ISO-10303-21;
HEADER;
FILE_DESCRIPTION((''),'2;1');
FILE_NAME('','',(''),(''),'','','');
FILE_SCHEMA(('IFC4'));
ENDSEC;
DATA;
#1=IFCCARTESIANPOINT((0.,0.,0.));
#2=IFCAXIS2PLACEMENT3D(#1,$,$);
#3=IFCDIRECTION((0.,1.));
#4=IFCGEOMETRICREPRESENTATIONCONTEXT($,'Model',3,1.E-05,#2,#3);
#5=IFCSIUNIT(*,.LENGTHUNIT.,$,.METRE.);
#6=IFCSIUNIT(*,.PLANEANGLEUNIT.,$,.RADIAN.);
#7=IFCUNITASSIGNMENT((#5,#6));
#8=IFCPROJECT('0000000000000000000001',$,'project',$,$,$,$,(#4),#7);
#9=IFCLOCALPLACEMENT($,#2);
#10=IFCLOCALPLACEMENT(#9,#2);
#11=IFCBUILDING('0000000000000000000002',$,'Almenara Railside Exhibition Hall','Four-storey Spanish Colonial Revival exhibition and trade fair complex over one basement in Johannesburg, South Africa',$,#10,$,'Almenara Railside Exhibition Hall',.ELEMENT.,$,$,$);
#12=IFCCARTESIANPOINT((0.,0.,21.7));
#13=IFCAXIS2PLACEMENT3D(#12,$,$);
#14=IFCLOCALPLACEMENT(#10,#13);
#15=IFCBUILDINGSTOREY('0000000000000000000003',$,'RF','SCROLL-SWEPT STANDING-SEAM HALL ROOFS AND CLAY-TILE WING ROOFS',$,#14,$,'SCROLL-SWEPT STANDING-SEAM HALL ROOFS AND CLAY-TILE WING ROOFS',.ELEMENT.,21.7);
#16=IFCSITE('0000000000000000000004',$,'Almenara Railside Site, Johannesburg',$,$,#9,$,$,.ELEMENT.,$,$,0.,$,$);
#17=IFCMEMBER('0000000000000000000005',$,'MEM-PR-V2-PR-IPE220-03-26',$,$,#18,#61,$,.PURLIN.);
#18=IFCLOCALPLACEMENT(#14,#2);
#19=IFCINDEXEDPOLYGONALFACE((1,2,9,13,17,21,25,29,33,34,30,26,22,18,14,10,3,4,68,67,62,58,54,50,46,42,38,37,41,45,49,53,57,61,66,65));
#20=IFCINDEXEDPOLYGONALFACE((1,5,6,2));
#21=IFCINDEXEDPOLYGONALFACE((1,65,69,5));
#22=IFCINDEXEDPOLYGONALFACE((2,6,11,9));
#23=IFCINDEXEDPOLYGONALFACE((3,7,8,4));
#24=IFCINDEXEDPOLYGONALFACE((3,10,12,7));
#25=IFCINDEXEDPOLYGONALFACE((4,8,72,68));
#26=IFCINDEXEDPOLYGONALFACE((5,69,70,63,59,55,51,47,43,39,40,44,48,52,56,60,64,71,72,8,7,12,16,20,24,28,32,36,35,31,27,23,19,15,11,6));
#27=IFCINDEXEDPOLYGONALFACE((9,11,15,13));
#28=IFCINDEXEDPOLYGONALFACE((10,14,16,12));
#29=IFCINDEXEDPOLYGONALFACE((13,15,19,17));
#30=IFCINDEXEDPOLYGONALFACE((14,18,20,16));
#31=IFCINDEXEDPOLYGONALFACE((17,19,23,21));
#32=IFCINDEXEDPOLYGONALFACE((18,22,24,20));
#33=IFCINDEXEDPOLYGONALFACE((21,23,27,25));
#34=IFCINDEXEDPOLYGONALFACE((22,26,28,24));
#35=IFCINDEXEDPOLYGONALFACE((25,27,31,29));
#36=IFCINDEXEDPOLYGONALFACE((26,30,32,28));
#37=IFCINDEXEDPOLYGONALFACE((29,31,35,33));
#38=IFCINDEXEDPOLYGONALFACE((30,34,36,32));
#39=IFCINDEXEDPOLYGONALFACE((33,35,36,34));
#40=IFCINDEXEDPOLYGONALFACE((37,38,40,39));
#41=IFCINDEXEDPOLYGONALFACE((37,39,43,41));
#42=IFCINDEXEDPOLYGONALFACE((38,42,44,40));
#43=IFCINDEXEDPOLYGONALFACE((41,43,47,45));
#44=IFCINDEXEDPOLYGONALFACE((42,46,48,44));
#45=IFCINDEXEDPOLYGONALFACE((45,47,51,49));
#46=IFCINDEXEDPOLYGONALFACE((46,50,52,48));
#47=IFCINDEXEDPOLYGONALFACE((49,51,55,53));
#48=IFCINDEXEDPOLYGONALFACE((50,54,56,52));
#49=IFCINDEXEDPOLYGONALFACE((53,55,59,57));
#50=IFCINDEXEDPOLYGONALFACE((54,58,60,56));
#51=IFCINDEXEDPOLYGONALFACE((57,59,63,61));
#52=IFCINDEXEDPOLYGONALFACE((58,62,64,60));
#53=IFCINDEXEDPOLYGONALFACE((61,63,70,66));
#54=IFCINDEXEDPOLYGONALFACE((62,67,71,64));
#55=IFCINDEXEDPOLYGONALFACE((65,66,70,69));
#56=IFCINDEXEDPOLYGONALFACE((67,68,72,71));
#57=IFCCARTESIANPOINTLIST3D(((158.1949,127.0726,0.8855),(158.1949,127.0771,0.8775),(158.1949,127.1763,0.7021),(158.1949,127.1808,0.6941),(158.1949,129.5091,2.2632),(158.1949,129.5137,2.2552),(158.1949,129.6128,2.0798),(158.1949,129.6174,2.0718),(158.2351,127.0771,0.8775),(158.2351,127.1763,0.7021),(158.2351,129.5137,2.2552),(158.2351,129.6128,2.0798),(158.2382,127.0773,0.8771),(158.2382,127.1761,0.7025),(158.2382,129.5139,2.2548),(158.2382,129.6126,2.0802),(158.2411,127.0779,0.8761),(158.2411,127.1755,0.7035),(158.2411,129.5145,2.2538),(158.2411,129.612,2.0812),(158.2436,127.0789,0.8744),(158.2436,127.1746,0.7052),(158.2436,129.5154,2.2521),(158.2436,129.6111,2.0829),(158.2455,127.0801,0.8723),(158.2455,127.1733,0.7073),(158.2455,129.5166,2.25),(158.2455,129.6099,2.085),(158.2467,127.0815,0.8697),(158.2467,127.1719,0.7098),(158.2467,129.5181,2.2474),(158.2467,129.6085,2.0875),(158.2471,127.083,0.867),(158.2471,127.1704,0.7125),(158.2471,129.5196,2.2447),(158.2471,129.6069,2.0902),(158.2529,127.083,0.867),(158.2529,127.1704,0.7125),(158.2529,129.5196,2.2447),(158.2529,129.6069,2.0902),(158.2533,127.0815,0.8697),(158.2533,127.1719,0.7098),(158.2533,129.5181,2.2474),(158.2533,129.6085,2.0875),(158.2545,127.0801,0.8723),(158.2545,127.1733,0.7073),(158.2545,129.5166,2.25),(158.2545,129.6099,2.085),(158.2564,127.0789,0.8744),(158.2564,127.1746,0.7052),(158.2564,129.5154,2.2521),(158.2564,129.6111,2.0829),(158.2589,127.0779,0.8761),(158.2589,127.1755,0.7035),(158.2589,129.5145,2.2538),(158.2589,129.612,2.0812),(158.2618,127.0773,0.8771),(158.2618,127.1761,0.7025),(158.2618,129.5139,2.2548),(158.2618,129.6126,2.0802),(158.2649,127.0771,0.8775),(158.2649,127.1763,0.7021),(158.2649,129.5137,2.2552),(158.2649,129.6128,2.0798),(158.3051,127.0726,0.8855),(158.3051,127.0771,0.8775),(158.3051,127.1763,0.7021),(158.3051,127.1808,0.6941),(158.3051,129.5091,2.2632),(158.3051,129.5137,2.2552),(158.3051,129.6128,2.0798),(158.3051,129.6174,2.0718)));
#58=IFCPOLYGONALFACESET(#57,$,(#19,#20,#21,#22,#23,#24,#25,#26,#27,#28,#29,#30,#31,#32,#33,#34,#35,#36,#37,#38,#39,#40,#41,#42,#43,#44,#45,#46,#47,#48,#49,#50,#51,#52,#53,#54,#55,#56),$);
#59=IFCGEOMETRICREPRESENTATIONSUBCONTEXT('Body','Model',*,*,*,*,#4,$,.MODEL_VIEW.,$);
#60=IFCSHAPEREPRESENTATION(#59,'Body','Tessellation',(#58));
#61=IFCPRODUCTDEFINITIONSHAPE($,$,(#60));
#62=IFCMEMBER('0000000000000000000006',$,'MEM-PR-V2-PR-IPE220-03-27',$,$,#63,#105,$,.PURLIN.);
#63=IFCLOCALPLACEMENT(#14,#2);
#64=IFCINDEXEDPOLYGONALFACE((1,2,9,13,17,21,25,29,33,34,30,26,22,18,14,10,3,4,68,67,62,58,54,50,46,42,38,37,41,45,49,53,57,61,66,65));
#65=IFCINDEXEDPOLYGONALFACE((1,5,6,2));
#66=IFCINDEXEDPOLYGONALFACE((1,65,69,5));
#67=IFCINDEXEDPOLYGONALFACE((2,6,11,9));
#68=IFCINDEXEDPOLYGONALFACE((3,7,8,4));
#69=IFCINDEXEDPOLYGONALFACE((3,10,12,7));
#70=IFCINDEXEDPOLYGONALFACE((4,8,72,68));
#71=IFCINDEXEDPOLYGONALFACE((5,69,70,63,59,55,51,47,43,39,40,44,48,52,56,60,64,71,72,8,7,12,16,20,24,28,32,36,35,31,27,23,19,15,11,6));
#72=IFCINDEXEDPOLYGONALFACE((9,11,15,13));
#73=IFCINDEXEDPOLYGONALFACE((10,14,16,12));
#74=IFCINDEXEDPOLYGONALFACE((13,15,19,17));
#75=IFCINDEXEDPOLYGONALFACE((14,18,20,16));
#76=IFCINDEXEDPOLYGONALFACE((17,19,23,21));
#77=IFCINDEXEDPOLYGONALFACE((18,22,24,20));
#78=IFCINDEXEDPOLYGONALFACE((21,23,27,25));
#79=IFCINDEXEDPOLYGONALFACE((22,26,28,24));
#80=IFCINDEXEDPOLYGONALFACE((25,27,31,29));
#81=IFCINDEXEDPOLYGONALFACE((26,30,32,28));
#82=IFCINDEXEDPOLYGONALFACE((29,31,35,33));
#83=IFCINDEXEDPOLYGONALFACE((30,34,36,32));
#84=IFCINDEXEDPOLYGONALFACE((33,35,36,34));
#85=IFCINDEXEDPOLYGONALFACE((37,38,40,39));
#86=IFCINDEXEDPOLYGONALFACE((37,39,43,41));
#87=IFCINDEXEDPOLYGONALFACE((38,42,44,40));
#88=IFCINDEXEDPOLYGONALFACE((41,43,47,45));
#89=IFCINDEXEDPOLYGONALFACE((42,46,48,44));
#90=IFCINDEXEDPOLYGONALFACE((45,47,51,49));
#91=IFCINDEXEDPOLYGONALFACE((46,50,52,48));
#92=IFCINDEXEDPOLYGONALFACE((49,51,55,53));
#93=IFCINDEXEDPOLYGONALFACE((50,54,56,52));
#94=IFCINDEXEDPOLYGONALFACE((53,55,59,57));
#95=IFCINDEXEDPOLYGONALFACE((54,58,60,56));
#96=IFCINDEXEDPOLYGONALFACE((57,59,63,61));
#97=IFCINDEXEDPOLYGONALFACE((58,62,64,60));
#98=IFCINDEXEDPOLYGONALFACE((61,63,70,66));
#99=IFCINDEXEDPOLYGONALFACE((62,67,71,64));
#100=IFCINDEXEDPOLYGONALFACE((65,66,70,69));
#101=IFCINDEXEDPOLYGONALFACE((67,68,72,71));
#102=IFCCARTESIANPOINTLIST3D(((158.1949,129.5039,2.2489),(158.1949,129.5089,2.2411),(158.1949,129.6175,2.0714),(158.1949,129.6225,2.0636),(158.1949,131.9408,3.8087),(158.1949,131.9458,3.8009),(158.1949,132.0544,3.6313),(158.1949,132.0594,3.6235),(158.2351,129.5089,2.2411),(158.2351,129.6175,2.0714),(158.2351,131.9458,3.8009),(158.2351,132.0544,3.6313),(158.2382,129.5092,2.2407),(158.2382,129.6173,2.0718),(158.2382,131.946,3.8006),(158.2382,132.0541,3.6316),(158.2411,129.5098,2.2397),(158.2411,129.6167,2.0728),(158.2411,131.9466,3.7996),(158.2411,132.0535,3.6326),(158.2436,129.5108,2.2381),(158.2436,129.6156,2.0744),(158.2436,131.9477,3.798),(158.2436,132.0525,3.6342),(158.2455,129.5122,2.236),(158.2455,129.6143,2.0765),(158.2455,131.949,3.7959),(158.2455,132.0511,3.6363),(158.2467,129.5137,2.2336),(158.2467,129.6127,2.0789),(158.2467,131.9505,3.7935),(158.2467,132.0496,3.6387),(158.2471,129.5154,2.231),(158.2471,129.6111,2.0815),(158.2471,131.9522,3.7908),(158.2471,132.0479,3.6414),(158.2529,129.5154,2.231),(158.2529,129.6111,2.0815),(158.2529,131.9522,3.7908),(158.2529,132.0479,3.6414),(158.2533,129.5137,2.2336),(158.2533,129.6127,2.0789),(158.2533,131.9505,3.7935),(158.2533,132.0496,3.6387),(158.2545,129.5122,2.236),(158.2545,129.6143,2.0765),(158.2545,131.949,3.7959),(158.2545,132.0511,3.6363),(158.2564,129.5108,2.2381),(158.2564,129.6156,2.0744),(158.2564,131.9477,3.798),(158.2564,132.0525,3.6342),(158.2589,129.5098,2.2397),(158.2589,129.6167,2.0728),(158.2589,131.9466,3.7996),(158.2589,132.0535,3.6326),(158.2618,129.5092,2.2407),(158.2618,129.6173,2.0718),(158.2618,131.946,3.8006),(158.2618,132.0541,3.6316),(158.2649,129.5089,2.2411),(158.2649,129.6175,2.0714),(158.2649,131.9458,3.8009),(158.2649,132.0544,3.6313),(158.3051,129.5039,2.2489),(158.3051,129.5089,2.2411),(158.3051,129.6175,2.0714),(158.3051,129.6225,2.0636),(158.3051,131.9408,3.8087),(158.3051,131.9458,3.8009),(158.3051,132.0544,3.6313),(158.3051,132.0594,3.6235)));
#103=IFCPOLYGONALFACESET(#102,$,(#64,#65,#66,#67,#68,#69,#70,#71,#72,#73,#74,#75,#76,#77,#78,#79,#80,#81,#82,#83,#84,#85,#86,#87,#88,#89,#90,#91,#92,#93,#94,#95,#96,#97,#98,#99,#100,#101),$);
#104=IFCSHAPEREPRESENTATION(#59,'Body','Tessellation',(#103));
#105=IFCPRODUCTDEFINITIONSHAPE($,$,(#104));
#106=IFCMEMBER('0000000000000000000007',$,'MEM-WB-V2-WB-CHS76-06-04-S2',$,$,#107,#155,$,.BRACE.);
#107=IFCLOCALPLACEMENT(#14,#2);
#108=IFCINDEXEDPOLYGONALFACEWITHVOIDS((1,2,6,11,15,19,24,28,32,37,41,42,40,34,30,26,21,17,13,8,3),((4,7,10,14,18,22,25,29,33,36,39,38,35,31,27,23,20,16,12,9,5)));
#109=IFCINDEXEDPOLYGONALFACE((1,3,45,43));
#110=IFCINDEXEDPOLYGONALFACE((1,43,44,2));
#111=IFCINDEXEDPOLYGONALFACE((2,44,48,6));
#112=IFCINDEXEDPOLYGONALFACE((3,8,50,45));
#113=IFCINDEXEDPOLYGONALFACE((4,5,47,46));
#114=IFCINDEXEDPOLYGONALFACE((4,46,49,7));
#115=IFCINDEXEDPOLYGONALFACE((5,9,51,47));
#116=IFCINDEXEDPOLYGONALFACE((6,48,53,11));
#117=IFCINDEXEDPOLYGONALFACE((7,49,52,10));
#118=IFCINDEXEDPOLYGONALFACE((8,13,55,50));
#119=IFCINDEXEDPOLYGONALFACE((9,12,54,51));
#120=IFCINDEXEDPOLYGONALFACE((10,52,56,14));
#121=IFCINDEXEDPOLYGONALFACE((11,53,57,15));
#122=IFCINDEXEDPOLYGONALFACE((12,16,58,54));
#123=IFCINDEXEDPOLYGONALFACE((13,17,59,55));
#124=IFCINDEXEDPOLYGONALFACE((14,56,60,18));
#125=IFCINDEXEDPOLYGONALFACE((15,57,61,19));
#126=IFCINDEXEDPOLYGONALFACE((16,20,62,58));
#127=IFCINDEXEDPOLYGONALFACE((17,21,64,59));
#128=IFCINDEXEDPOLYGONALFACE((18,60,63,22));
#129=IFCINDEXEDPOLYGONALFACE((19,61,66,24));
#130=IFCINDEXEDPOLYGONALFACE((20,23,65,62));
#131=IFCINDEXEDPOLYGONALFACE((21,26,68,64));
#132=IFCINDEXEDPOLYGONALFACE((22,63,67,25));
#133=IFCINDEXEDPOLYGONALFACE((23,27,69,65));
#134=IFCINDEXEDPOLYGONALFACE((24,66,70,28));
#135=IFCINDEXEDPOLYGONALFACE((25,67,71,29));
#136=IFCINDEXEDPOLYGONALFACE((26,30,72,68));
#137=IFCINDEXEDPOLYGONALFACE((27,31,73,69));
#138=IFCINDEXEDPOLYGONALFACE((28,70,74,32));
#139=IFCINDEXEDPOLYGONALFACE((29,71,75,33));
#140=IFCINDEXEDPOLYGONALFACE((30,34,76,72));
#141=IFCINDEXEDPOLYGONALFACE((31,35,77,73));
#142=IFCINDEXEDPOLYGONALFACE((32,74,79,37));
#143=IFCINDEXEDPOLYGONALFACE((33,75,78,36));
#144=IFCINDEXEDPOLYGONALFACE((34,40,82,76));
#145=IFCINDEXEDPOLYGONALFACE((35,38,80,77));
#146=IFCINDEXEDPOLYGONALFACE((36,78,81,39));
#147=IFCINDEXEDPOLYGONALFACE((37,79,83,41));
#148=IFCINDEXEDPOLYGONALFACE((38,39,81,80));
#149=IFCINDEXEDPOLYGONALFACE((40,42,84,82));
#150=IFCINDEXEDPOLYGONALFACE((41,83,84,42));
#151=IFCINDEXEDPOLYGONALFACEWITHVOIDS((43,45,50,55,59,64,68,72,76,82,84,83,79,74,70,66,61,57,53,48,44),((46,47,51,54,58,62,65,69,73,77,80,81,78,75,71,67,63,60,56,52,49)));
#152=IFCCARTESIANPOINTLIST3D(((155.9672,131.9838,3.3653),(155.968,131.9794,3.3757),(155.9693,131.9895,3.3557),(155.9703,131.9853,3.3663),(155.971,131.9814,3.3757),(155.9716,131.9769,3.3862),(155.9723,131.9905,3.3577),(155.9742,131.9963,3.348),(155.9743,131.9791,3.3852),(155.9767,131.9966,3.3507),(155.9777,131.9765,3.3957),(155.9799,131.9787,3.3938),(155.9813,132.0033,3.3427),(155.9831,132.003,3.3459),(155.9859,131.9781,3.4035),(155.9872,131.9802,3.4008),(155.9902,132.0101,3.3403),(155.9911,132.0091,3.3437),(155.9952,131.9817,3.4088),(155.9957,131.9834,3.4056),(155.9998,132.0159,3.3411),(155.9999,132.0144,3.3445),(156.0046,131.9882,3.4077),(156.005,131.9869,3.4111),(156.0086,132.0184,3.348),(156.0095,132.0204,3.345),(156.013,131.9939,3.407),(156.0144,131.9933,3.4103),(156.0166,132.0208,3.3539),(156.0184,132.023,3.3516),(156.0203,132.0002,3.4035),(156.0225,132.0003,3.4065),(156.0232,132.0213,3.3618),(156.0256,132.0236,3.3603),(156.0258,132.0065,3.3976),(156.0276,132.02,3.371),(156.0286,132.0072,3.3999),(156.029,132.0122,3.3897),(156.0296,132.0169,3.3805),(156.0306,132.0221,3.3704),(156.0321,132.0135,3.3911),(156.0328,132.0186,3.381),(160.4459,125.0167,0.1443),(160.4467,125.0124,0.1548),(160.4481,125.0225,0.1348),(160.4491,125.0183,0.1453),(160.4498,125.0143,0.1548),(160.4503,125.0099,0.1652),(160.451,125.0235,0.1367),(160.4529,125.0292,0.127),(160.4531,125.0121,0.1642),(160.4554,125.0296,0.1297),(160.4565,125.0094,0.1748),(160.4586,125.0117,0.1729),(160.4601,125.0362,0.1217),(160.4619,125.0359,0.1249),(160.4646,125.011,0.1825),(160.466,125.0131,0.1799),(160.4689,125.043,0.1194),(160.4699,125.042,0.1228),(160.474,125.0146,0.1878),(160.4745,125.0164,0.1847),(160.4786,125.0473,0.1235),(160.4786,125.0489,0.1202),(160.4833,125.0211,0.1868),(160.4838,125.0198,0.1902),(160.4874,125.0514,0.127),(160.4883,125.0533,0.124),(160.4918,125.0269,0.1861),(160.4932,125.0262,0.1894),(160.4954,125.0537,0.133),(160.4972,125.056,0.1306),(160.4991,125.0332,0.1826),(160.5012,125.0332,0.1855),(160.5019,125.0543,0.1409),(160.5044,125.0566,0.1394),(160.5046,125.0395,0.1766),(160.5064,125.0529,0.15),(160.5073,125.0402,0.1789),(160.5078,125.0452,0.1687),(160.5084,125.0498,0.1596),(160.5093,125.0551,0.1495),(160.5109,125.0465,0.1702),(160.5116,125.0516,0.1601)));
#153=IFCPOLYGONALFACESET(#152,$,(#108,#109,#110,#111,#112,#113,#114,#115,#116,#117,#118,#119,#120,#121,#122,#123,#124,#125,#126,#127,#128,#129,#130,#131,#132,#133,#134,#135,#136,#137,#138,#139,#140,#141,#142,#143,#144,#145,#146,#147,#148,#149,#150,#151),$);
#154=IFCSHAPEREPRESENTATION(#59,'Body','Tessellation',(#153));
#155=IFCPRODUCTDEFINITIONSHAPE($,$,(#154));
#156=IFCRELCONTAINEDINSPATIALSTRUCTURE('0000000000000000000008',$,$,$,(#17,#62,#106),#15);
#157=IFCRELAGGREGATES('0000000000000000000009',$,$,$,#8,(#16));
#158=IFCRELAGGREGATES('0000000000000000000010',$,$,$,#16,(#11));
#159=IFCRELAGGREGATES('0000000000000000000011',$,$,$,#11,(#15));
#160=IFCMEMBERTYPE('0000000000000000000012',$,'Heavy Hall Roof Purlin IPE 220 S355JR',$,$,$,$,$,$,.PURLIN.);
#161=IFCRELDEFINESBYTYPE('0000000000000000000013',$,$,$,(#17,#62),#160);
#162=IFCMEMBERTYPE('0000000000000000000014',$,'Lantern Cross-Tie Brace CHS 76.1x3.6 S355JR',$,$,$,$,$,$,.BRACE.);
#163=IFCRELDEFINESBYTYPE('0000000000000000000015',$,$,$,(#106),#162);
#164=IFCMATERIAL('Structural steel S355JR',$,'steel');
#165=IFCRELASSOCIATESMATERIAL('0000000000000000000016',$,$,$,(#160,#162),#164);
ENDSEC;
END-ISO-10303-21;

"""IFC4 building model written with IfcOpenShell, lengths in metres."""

from ifc_helpers import new_model, si_unit, direction, frame, origin, origin_2d, place, context, subcontext, project, spatial, hollow_circle, i_section, extrude, material, material_profile, profile_set, type_object, element, save


model = new_model("IFC4")

# Units and contexts
model_context = context("Model", 3, precision=1e-05, world=origin(), true_north=direction((0.0, 1.0)))
body_context = subcontext(model_context, "Body", "Model", "MODEL_VIEW")
ifc_project = project(units=[si_unit("LENGTHUNIT", "METRE"), si_unit("PLANEANGLEUNIT", "RADIAN")], contexts=[model_context])

# Site, building, storey
site_placement = place(None, origin())
site = spatial("IfcSite", under=ifc_project, at=site_placement, Name="Almenara Railside Site, Johannesburg", CompositionType="ELEMENT", RefElevation=0.0)
building_placement = place(site_placement, origin())
building = spatial("IfcBuilding", under=site, at=building_placement, Name="Almenara Railside Exhibition Hall", Description="Four-storey Spanish Colonial Revival exhibition and trade fair complex over one basement in Johannesburg, South Africa", LongName="Almenara Railside Exhibition Hall", CompositionType="ELEMENT")
storey_placement = place(building_placement, frame((0.0, 0.0, 21.7)))
storey = spatial("IfcBuildingStorey", under=building, at=storey_placement, Name="RF", Description="SCROLL-SWEPT STANDING-SEAM HALL ROOFS AND CLAY-TILE WING ROOFS", LongName="SCROLL-SWEPT STANDING-SEAM HALL ROOFS AND CLAY-TILE WING ROOFS", CompositionType="ELEMENT", Elevation=21.7)

# Shared definitions
ifc_material_1 = material(Name="Structural steel S355JR", Category="steel")

# Members
ifc_material_profile_1 = material_profile(ifc_material_1, i_section(OverallWidth=0.1101, OverallDepth=0.22, WebThickness=0.0059, FlangeThickness=0.0093, FilletRadius=0.012, at=origin_2d()), Name="IPE 220")
ifc_profile_set_1 = profile_set([ifc_material_profile_1], Name="Structural steel S355JR")
member_type_1 = type_object("IfcMemberType", Name="Heavy Hall Roof Purlin IPE 220 S355JR", PredefinedType="PURLIN", material=ifc_profile_set_1)
member_1_placement = place(storey_placement, frame((158.25, 127.1267, 0.7898), z_axis=(0.0, 0.870483, 0.492198), x_axis=(-1.0, 0.0, 0.0)))
element("IfcMember", 1, at=member_1_placement, inside=storey, type_object=member_type_1, Name="MEM-PR-V2-PR-IPE220-03-26", PredefinedType="PURLIN", context=body_context, shape_type="SweptSolid", body=[
    extrude(i_section(OverallWidth=0.1101, OverallDepth=0.22, WebThickness=0.0059, FlangeThickness=0.0093, FilletRadius=0.012, at=origin_2d()), origin(), (0.0, 0.0, 1.0), 2.7991),
])
member_2_placement = place(storey_placement, frame((158.25, 129.5632, 2.1562), z_axis=(0.0, 0.842227, 0.539123), x_axis=(-1.0, 0.0, 0.0)))
element("IfcMember", 2, at=member_2_placement, inside=storey, type_object=member_type_1, Name="MEM-PR-V2-PR-IPE220-03-27", PredefinedType="PURLIN", context=body_context, shape_type="SweptSolid", body=[
    extrude(i_section(OverallWidth=0.1101, OverallDepth=0.22, WebThickness=0.0059, FlangeThickness=0.0093, FilletRadius=0.012, at=origin_2d()), origin(), (0.0, 0.0, 1.0), 2.8933),
])
ifc_material_profile_2 = material_profile(ifc_material_1, hollow_circle(Radius=0.0381, WallThickness=0.0037, at=origin_2d()), Name="CHS 76.1x3.6")
ifc_profile_set_2 = profile_set([ifc_material_profile_2], Name="Structural steel S355JR")
member_type_2 = type_object("IfcMemberType", Name="Lantern Cross-Tie Brace CHS 76.1x3.6 S355JR", PredefinedType="BRACE", material=ifc_profile_set_2)
member_3_placement = place(storey_placement, frame((160.4788, 125.033, 0.1548), z_axis=(-0.503985, 0.783985, 0.362446), x_axis=(-0.841181, -0.540753, 0.0)))
element("IfcMember", 3, at=member_3_placement, inside=storey, type_object=member_type_2, Name="MEM-WB-V2-WB-CHS76-06-04-S2", PredefinedType="BRACE", context=body_context, shape_type="SweptSolid", body=[
    extrude(hollow_circle(Radius=0.0381, WallThickness=0.0037, at=origin_2d()), origin(), (0.0, 0.0, 1.0), 8.8867),
])

save(model, "model.ifc")
